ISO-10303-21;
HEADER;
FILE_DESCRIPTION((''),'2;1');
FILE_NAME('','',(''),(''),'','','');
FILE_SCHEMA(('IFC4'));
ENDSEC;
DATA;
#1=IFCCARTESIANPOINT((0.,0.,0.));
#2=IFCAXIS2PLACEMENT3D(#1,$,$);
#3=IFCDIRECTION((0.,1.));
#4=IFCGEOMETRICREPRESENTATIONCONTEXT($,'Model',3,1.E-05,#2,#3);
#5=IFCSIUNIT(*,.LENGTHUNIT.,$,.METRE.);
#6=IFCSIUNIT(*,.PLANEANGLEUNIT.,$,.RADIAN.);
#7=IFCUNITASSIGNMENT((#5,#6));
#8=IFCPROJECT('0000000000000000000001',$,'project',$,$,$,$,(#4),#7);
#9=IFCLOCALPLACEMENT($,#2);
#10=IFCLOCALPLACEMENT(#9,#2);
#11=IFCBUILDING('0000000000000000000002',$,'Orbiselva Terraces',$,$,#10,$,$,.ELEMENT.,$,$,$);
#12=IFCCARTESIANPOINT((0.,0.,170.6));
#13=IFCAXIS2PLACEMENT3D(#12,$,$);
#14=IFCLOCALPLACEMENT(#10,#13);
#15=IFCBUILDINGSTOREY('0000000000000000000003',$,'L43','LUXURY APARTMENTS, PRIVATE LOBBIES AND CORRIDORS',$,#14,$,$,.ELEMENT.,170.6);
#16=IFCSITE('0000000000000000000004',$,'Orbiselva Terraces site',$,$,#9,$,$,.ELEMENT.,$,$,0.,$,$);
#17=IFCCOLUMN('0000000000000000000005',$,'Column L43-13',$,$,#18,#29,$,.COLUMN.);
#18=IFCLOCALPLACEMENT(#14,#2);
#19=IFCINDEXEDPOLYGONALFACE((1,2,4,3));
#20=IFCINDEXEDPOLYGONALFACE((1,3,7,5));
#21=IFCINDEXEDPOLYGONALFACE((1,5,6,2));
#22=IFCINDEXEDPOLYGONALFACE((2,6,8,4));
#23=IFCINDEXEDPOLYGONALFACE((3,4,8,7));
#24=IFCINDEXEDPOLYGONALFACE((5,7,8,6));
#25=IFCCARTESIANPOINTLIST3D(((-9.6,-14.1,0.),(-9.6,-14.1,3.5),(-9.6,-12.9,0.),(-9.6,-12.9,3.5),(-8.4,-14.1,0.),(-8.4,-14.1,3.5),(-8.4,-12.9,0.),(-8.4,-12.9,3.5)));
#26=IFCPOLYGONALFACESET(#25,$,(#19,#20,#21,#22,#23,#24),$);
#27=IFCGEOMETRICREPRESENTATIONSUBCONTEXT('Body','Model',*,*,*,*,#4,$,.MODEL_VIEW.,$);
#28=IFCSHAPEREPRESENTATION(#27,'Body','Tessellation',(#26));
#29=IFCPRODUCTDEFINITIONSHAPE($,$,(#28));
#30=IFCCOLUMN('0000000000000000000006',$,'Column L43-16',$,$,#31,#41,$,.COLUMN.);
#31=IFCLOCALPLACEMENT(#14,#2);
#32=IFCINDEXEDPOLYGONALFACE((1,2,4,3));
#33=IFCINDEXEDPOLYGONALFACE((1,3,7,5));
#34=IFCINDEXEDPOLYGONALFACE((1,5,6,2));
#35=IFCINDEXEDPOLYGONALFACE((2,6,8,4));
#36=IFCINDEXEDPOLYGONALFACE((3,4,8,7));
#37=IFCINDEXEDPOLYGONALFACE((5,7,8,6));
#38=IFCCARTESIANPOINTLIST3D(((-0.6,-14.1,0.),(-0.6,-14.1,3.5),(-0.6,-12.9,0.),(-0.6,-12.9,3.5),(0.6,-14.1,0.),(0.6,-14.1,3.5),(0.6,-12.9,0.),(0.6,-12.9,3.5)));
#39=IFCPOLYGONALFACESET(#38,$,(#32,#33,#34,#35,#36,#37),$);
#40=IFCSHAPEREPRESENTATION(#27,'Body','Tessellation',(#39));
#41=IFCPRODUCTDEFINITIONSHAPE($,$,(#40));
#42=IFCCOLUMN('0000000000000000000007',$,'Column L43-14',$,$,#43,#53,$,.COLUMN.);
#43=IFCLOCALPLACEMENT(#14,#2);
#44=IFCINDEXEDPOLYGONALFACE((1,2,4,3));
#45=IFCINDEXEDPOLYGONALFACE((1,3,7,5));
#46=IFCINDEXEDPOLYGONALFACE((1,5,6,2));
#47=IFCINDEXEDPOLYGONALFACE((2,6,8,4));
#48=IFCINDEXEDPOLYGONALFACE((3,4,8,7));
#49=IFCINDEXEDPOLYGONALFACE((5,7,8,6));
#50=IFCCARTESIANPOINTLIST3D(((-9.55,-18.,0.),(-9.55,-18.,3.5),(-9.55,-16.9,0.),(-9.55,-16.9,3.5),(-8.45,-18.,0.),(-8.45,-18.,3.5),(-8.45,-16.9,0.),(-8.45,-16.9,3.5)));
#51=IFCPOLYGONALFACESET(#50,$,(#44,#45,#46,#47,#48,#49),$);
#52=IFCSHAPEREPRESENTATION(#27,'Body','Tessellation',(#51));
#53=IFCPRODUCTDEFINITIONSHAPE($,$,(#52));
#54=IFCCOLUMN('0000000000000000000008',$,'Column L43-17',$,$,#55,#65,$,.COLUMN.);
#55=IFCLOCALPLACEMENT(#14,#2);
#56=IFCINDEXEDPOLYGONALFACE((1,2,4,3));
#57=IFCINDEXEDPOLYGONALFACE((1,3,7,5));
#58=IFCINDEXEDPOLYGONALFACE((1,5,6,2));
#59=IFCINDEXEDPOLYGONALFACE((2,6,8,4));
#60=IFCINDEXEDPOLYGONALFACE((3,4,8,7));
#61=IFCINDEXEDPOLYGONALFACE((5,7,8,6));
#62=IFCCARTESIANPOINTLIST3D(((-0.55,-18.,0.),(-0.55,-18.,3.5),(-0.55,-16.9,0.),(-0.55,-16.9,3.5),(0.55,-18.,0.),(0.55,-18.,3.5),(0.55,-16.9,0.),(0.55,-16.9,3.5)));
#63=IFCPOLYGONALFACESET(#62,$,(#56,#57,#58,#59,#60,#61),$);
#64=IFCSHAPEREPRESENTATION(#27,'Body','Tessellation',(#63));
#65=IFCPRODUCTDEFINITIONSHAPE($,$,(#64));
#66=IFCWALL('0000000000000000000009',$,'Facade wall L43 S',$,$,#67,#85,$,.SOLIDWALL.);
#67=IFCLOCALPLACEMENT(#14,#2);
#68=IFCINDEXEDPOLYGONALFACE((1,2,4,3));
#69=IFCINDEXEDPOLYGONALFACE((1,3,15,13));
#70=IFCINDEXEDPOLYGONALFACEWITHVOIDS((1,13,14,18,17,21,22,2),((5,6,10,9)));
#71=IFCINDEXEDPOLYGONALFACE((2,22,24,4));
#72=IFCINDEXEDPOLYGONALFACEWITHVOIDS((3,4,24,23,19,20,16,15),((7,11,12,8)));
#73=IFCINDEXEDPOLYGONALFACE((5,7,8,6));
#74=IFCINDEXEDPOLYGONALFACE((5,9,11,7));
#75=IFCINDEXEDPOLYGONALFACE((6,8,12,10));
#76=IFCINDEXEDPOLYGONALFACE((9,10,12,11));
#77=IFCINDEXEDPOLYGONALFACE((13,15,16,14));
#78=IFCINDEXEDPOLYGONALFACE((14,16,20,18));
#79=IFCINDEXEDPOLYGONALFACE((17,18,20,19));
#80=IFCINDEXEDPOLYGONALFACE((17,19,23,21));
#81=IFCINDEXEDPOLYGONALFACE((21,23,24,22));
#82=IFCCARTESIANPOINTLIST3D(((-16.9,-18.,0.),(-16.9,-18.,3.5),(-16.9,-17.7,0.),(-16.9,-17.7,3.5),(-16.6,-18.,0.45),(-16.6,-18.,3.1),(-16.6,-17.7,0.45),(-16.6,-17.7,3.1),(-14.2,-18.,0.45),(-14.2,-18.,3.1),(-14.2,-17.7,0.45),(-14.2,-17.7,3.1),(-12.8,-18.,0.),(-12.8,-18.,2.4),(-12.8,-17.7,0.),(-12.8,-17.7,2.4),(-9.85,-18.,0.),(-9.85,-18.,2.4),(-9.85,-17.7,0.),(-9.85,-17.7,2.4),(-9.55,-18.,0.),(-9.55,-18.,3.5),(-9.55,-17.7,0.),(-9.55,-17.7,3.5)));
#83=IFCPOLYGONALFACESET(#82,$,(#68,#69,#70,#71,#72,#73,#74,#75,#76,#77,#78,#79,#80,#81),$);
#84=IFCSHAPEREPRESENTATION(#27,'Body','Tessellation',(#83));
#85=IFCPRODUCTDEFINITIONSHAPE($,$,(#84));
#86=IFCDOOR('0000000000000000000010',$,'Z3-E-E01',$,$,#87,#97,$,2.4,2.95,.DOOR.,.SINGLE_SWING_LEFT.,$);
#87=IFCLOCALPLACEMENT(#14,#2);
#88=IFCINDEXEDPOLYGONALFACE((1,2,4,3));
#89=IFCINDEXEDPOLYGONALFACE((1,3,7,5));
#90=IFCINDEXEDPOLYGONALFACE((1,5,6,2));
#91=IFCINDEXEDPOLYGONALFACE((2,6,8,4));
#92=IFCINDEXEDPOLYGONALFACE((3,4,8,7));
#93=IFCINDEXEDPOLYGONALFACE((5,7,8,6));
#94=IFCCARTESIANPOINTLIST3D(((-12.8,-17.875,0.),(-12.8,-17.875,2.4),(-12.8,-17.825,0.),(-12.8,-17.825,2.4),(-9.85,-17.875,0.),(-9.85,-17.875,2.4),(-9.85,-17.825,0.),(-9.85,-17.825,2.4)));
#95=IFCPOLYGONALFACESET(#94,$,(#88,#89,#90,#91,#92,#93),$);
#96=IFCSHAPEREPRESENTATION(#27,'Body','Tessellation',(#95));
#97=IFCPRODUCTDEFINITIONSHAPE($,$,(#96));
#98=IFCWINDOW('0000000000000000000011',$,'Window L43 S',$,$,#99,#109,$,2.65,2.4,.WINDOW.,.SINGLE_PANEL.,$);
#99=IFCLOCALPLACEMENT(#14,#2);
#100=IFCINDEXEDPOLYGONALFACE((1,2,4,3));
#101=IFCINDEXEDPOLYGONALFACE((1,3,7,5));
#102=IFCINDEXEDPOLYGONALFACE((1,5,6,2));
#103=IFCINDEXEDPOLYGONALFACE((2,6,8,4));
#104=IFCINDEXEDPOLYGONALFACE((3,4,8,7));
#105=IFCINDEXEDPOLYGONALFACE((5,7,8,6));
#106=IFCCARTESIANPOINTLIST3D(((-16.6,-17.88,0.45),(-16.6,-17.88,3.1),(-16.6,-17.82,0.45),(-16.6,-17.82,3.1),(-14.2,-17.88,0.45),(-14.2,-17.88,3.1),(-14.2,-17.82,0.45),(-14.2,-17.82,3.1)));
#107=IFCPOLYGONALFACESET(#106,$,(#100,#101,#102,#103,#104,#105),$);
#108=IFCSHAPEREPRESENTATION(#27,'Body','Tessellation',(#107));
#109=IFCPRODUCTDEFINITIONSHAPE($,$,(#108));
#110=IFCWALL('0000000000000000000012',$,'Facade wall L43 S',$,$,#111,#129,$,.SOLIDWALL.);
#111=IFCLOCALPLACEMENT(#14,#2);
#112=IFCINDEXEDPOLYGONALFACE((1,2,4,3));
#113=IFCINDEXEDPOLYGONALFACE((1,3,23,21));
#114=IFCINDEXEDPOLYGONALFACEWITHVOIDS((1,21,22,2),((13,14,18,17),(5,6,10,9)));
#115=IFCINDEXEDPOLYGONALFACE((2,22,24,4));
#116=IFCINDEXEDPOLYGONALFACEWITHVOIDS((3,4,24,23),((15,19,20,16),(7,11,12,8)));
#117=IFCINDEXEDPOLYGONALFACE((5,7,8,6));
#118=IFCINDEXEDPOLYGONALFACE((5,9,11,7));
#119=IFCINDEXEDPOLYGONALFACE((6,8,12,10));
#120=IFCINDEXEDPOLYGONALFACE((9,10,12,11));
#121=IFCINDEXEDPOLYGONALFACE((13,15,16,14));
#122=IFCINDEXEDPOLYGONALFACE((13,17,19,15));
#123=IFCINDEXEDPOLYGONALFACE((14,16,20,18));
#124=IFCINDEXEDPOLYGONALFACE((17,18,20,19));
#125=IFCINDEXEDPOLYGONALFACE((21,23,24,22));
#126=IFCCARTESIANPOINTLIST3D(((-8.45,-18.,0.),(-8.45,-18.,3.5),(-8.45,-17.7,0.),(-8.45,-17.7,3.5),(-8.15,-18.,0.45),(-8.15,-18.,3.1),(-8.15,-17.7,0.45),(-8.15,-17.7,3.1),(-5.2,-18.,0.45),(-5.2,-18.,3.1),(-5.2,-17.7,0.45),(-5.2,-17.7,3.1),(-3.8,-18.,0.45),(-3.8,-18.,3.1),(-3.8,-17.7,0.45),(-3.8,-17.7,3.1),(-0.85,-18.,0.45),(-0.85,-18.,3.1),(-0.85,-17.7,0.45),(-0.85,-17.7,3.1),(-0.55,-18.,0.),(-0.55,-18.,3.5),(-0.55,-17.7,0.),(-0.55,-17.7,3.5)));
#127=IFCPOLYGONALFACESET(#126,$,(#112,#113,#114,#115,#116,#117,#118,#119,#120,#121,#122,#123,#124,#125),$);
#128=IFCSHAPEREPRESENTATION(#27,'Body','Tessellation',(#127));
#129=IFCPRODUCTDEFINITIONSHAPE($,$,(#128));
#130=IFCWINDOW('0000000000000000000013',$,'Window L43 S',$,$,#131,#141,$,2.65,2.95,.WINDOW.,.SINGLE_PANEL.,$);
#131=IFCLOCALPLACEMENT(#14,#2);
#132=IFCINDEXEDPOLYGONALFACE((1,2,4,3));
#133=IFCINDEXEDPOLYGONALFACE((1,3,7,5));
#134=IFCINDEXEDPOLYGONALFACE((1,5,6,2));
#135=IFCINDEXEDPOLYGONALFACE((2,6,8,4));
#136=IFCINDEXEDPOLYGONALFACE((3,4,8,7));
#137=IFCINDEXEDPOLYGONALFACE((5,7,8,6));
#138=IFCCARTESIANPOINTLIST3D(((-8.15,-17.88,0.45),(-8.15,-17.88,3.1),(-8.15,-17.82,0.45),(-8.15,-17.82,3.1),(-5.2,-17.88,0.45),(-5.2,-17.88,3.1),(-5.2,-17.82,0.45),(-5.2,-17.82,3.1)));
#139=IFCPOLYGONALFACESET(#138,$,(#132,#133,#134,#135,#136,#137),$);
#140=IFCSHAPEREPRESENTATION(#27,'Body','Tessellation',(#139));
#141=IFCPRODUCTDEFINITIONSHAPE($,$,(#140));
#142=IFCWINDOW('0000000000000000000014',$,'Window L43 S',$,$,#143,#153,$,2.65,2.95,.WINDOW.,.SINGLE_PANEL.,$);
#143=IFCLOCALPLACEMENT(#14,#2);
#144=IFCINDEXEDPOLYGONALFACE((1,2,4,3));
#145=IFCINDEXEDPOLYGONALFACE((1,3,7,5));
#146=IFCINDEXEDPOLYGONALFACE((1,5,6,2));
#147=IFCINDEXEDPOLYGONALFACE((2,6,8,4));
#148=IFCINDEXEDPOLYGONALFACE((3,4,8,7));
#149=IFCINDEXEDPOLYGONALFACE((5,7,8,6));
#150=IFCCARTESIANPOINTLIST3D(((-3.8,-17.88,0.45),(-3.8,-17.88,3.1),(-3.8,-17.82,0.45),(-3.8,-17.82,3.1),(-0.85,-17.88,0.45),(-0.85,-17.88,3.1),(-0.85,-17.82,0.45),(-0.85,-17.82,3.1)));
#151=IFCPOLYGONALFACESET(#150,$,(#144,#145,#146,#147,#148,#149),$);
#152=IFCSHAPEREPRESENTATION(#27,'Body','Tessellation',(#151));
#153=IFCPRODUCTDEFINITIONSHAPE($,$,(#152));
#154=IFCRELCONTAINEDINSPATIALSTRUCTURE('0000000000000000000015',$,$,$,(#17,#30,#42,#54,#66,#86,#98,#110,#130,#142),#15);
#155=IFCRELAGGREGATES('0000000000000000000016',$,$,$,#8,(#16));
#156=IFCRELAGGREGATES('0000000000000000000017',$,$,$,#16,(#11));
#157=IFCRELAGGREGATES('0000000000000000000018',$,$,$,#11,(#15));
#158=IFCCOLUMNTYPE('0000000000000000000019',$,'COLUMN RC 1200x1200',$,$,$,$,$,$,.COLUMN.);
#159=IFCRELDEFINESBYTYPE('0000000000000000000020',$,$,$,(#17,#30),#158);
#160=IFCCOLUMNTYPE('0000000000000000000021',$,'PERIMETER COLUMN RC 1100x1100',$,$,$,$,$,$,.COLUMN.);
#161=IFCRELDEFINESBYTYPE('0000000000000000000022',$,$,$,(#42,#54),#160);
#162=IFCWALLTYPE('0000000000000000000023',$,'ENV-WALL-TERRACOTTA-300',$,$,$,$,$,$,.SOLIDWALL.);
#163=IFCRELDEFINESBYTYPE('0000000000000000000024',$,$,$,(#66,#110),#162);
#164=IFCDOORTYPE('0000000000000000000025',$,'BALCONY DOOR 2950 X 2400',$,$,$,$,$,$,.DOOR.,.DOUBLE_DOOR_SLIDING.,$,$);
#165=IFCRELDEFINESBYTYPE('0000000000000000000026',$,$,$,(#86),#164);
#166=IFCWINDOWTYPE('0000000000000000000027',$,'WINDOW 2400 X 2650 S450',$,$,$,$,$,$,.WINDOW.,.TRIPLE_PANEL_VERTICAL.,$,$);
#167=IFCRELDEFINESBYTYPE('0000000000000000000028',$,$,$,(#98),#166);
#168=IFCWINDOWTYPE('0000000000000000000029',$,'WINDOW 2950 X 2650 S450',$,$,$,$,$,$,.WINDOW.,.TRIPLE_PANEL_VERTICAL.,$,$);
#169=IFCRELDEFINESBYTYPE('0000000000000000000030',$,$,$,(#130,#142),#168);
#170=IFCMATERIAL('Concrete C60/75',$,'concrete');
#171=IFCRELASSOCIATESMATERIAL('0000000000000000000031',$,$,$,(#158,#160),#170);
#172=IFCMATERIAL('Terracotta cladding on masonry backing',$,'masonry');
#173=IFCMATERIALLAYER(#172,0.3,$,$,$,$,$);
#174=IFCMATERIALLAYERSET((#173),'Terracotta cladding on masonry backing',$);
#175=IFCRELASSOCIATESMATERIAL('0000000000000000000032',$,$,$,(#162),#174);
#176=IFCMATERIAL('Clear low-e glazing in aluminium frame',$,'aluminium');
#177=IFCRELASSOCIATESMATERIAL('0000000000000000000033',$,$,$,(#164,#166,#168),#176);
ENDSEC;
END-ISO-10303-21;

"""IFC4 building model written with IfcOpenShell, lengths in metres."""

from ifc_helpers import new_model, si_unit, direction, frame, frame_2d, origin, origin_2d, place, context, subcontext, project, spatial, rectangle, extrude, material, layer, layer_set, material_profile, profile_set, type_object, element, fill, save


model = new_model("IFC4")

# Units and contexts
model_context = context("Model", 3, precision=1e-05, world=origin(), true_north=direction((0.0, 1.0)))
body_context = subcontext(model_context, "Body", "Model", "MODEL_VIEW")
ifc_project = project(units=[si_unit("LENGTHUNIT", "METRE"), si_unit("PLANEANGLEUNIT", "RADIAN")], contexts=[model_context])

# Site, building, storey
site_placement = place(None, origin())
site = spatial("IfcSite", under=ifc_project, at=site_placement, Name="Orbiselva Terraces site", CompositionType="ELEMENT", RefElevation=0.0)
building_placement = place(site_placement, origin())
building = spatial("IfcBuilding", under=site, at=building_placement, Name="Orbiselva Terraces", CompositionType="ELEMENT")
storey_placement = place(building_placement, frame((0.0, 0.0, 170.6)))
storey = spatial("IfcBuildingStorey", under=building, at=storey_placement, Name="L43", Description="LUXURY APARTMENTS, PRIVATE LOBBIES AND CORRIDORS", CompositionType="ELEMENT", Elevation=170.6)

# Columns
ifc_material_1 = material(Name="Concrete C60/75", Category="concrete")
ifc_material_profile_1 = material_profile(ifc_material_1, rectangle(XDim=1.2, YDim=1.2, at=origin_2d()), Name="RC 1200x1200")
ifc_profile_set_1 = profile_set([ifc_material_profile_1], Name="Concrete C60/75")
column_type_1 = type_object("IfcColumnType", Name="COLUMN RC 1200x1200", PredefinedType="COLUMN", material=ifc_profile_set_1)
for number, where, z_axis, x_axis, name in (
    (1, (-9.0, -13.5, 0.0), (0.0, 0.0, 1.0), (1.0, 0.0, 0.0), "Column L43-13"),
    (2, (0.0, -13.5, 0.0), (0.0, 0.0, 1.0), (1.0, 0.0, 0.0), "Column L43-16"),
):
    element("IfcColumn", number, at=place(storey_placement, frame(where, z_axis=z_axis, x_axis=x_axis)), inside=storey, type_object=column_type_1, Name=name, PredefinedType="COLUMN", context=body_context, shape_type="SweptSolid", body=[
        extrude(rectangle(XDim=1.2, YDim=1.2, at=origin_2d()), origin(), (0.0, 0.0, 1.0), 3.5),
    ])
ifc_material_profile_2 = material_profile(ifc_material_1, rectangle(XDim=1.1, YDim=1.1, at=origin_2d()), Name="RC 1100x1100")
ifc_profile_set_2 = profile_set([ifc_material_profile_2], Name="Concrete C60/75")
column_type_2 = type_object("IfcColumnType", Name="PERIMETER COLUMN RC 1100x1100", PredefinedType="COLUMN", material=ifc_profile_set_2)
for number, where, z_axis, x_axis, name in (
    (3, (-9.0, -17.45, 0.0), (0.0, 0.0, 1.0), (1.0, 0.0, 0.0), "Column L43-14"),
    (4, (0.0, -17.45, 0.0), (0.0, 0.0, 1.0), (1.0, 0.0, 0.0), "Column L43-17"),
):
    element("IfcColumn", number, at=place(storey_placement, frame(where, z_axis=z_axis, x_axis=x_axis)), inside=storey, type_object=column_type_2, Name=name, PredefinedType="COLUMN", context=body_context, shape_type="SweptSolid", body=[
        extrude(rectangle(XDim=1.1, YDim=1.1, at=origin_2d()), origin(), (0.0, 0.0, 1.0), 3.5),
    ])

# Wall, openings, door, window
ifc_material_2 = material(Name="Terracotta cladding on masonry backing", Category="masonry")
ifc_layer_1 = layer(ifc_material_2, 0.3)
ifc_layer_set_1 = layer_set([ifc_layer_1], Name="Terracotta cladding on masonry backing")
wall_type_1 = type_object("IfcWallType", Name="ENV-WALL-TERRACOTTA-300", PredefinedType="SOLIDWALL", material=ifc_layer_set_1)
wall_1_placement = place(storey_placement, frame((-9.55, -17.85, 0.0), z_axis=(0.0, 0.0, 1.0), x_axis=(-1.0, 0.0, 0.0)))
wall_1 = element("IfcWall", 5, at=wall_1_placement, inside=storey, type_object=wall_type_1, Name="Facade wall L43 S", PredefinedType="SOLIDWALL", context=body_context, shape_type="SweptSolid", body=[
    extrude(rectangle(XDim=7.35, YDim=0.3, at=frame_2d((3.675, 0.0))), origin(), (0.0, 0.0, 1.0), 3.5),
])
opening_1_placement = place(wall_1_placement, frame((4.65, 0.0, 0.45)))
opening_1 = element("IfcOpeningElement", 6, at=opening_1_placement, cuts=wall_1, PredefinedType="OPENING", context=body_context, shape_type="SweptSolid", body=[
    extrude(rectangle(XDim=2.4, YDim=2.65, at=frame_2d((1.2, 1.325))), frame((0.0, 0.16, 0.0), z_axis=(0.0, -1.0, 0.0), x_axis=(1.0, 0.0, 0.0)), (0.0, 0.0, 1.0), 0.32),
])
opening_2_placement = place(wall_1_placement, frame((0.3, 0.0, 0.0)))
opening_2 = element("IfcOpeningElement", 7, at=opening_2_placement, cuts=wall_1, PredefinedType="OPENING", context=body_context, shape_type="SweptSolid", body=[
    extrude(rectangle(XDim=2.95, YDim=2.4, at=frame_2d((1.475, 1.2))), frame((0.0, 0.16, 0.0), z_axis=(0.0, -1.0, 0.0), x_axis=(1.0, 0.0, 0.0)), (0.0, 0.0, 1.0), 0.32),
])
ifc_material_3 = material(Name="Clear low-e glazing in aluminium frame", Category="aluminium")
door_type_1 = type_object("IfcDoorType", Name="BALCONY DOOR 2950 X 2400", OperationType="DOUBLE_DOOR_SLIDING", PredefinedType="DOOR", material=ifc_material_3)
door_1_placement = place(opening_2_placement, origin())
door_1 = element("IfcDoor", 8, at=door_1_placement, inside=storey, type_object=door_type_1, Name="Z3-E-E01", OperationType="SINGLE_SWING_LEFT", OverallHeight=2.4, OverallWidth=2.95, PredefinedType="DOOR", context=body_context, shape_type="SweptSolid", body=[
    extrude(rectangle(XDim=2.95, YDim=2.4, at=frame_2d((1.475, 1.2))), frame((0.0, 0.025, 0.0), z_axis=(0.0, -1.0, 0.0), x_axis=(1.0, 0.0, 0.0)), (0.0, 0.0, 1.0), 0.05),
])
fill(opening_2, door_1)
window_type_1 = type_object("IfcWindowType", Name="WINDOW 2400 X 2650 S450", PartitioningType="TRIPLE_PANEL_VERTICAL", PredefinedType="WINDOW", material=ifc_material_3)
window_1_placement = place(opening_1_placement, origin())
window_1 = element("IfcWindow", 9, at=window_1_placement, inside=storey, type_object=window_type_1, Name="Window L43 S", OverallHeight=2.65, OverallWidth=2.4, PartitioningType="SINGLE_PANEL", PredefinedType="WINDOW", context=body_context, shape_type="SweptSolid", body=[
    extrude(rectangle(XDim=2.4, YDim=2.65, at=frame_2d((1.2, 1.325))), frame((0.0, 0.03, 0.0), z_axis=(0.0, -1.0, 0.0), x_axis=(1.0, 0.0, 0.0)), (0.0, 0.0, 1.0), 0.06),
])
fill(opening_1, window_1)

# Wall, openings, windows
wall_2_placement = place(storey_placement, frame((-0.55, -17.85, 0.0), z_axis=(0.0, 0.0, 1.0), x_axis=(-1.0, 0.0, 0.0)))
wall_2 = element("IfcWall", 10, at=wall_2_placement, inside=storey, type_object=wall_type_1, Name="Facade wall L43 S", PredefinedType="SOLIDWALL", context=body_context, shape_type="SweptSolid", body=[
    extrude(rectangle(XDim=7.9, YDim=0.3, at=frame_2d((3.95, 0.0))), origin(), (0.0, 0.0, 1.0), 3.5),
])
opening_3_placement = place(wall_2_placement, frame((4.65, 0.0, 0.45)))
opening_3 = element("IfcOpeningElement", 11, at=opening_3_placement, cuts=wall_2, PredefinedType="OPENING", context=body_context, shape_type="SweptSolid", body=[
    extrude(rectangle(XDim=2.95, YDim=2.65, at=frame_2d((1.475, 1.325))), frame((0.0, 0.16, 0.0), z_axis=(0.0, -1.0, 0.0), x_axis=(1.0, 0.0, 0.0)), (0.0, 0.0, 1.0), 0.32),
])
opening_4_placement = place(wall_2_placement, frame((0.3, 0.0, 0.45)))
opening_4 = element("IfcOpeningElement", 12, at=opening_4_placement, cuts=wall_2, PredefinedType="OPENING", context=body_context, shape_type="SweptSolid", body=[
    extrude(rectangle(XDim=2.95, YDim=2.65, at=frame_2d((1.475, 1.325))), frame((0.0, 0.16, 0.0), z_axis=(0.0, -1.0, 0.0), x_axis=(1.0, 0.0, 0.0)), (0.0, 0.0, 1.0), 0.32),
])
window_type_2 = type_object("IfcWindowType", Name="WINDOW 2950 X 2650 S450", PartitioningType="TRIPLE_PANEL_VERTICAL", PredefinedType="WINDOW", material=ifc_material_3)
window_2_placement = place(opening_3_placement, origin())
window_2 = element("IfcWindow", 13, at=window_2_placement, inside=storey, type_object=window_type_2, Name="Window L43 S", OverallHeight=2.65, OverallWidth=2.95, PartitioningType="SINGLE_PANEL", PredefinedType="WINDOW", context=body_context, shape_type="SweptSolid", body=[
    extrude(rectangle(XDim=2.95, YDim=2.65, at=frame_2d((1.475, 1.325))), frame((0.0, 0.03, 0.0), z_axis=(0.0, -1.0, 0.0), x_axis=(1.0, 0.0, 0.0)), (0.0, 0.0, 1.0), 0.06),
])
fill(opening_3, window_2)
window_3_placement = place(opening_4_placement, origin())
window_3 = element("IfcWindow", 14, at=window_3_placement, inside=storey, type_object=window_type_2, Name="Window L43 S", OverallHeight=2.65, OverallWidth=2.95, PartitioningType="SINGLE_PANEL", PredefinedType="WINDOW", context=body_context, shape_type="SweptSolid", body=[
    extrude(rectangle(XDim=2.95, YDim=2.65, at=frame_2d((1.475, 1.325))), frame((0.0, 0.03, 0.0), z_axis=(0.0, -1.0, 0.0), x_axis=(1.0, 0.0, 0.0)), (0.0, 0.0, 1.0), 0.06),
])
fill(opening_4, window_3)

save(model, "model.ifc")
